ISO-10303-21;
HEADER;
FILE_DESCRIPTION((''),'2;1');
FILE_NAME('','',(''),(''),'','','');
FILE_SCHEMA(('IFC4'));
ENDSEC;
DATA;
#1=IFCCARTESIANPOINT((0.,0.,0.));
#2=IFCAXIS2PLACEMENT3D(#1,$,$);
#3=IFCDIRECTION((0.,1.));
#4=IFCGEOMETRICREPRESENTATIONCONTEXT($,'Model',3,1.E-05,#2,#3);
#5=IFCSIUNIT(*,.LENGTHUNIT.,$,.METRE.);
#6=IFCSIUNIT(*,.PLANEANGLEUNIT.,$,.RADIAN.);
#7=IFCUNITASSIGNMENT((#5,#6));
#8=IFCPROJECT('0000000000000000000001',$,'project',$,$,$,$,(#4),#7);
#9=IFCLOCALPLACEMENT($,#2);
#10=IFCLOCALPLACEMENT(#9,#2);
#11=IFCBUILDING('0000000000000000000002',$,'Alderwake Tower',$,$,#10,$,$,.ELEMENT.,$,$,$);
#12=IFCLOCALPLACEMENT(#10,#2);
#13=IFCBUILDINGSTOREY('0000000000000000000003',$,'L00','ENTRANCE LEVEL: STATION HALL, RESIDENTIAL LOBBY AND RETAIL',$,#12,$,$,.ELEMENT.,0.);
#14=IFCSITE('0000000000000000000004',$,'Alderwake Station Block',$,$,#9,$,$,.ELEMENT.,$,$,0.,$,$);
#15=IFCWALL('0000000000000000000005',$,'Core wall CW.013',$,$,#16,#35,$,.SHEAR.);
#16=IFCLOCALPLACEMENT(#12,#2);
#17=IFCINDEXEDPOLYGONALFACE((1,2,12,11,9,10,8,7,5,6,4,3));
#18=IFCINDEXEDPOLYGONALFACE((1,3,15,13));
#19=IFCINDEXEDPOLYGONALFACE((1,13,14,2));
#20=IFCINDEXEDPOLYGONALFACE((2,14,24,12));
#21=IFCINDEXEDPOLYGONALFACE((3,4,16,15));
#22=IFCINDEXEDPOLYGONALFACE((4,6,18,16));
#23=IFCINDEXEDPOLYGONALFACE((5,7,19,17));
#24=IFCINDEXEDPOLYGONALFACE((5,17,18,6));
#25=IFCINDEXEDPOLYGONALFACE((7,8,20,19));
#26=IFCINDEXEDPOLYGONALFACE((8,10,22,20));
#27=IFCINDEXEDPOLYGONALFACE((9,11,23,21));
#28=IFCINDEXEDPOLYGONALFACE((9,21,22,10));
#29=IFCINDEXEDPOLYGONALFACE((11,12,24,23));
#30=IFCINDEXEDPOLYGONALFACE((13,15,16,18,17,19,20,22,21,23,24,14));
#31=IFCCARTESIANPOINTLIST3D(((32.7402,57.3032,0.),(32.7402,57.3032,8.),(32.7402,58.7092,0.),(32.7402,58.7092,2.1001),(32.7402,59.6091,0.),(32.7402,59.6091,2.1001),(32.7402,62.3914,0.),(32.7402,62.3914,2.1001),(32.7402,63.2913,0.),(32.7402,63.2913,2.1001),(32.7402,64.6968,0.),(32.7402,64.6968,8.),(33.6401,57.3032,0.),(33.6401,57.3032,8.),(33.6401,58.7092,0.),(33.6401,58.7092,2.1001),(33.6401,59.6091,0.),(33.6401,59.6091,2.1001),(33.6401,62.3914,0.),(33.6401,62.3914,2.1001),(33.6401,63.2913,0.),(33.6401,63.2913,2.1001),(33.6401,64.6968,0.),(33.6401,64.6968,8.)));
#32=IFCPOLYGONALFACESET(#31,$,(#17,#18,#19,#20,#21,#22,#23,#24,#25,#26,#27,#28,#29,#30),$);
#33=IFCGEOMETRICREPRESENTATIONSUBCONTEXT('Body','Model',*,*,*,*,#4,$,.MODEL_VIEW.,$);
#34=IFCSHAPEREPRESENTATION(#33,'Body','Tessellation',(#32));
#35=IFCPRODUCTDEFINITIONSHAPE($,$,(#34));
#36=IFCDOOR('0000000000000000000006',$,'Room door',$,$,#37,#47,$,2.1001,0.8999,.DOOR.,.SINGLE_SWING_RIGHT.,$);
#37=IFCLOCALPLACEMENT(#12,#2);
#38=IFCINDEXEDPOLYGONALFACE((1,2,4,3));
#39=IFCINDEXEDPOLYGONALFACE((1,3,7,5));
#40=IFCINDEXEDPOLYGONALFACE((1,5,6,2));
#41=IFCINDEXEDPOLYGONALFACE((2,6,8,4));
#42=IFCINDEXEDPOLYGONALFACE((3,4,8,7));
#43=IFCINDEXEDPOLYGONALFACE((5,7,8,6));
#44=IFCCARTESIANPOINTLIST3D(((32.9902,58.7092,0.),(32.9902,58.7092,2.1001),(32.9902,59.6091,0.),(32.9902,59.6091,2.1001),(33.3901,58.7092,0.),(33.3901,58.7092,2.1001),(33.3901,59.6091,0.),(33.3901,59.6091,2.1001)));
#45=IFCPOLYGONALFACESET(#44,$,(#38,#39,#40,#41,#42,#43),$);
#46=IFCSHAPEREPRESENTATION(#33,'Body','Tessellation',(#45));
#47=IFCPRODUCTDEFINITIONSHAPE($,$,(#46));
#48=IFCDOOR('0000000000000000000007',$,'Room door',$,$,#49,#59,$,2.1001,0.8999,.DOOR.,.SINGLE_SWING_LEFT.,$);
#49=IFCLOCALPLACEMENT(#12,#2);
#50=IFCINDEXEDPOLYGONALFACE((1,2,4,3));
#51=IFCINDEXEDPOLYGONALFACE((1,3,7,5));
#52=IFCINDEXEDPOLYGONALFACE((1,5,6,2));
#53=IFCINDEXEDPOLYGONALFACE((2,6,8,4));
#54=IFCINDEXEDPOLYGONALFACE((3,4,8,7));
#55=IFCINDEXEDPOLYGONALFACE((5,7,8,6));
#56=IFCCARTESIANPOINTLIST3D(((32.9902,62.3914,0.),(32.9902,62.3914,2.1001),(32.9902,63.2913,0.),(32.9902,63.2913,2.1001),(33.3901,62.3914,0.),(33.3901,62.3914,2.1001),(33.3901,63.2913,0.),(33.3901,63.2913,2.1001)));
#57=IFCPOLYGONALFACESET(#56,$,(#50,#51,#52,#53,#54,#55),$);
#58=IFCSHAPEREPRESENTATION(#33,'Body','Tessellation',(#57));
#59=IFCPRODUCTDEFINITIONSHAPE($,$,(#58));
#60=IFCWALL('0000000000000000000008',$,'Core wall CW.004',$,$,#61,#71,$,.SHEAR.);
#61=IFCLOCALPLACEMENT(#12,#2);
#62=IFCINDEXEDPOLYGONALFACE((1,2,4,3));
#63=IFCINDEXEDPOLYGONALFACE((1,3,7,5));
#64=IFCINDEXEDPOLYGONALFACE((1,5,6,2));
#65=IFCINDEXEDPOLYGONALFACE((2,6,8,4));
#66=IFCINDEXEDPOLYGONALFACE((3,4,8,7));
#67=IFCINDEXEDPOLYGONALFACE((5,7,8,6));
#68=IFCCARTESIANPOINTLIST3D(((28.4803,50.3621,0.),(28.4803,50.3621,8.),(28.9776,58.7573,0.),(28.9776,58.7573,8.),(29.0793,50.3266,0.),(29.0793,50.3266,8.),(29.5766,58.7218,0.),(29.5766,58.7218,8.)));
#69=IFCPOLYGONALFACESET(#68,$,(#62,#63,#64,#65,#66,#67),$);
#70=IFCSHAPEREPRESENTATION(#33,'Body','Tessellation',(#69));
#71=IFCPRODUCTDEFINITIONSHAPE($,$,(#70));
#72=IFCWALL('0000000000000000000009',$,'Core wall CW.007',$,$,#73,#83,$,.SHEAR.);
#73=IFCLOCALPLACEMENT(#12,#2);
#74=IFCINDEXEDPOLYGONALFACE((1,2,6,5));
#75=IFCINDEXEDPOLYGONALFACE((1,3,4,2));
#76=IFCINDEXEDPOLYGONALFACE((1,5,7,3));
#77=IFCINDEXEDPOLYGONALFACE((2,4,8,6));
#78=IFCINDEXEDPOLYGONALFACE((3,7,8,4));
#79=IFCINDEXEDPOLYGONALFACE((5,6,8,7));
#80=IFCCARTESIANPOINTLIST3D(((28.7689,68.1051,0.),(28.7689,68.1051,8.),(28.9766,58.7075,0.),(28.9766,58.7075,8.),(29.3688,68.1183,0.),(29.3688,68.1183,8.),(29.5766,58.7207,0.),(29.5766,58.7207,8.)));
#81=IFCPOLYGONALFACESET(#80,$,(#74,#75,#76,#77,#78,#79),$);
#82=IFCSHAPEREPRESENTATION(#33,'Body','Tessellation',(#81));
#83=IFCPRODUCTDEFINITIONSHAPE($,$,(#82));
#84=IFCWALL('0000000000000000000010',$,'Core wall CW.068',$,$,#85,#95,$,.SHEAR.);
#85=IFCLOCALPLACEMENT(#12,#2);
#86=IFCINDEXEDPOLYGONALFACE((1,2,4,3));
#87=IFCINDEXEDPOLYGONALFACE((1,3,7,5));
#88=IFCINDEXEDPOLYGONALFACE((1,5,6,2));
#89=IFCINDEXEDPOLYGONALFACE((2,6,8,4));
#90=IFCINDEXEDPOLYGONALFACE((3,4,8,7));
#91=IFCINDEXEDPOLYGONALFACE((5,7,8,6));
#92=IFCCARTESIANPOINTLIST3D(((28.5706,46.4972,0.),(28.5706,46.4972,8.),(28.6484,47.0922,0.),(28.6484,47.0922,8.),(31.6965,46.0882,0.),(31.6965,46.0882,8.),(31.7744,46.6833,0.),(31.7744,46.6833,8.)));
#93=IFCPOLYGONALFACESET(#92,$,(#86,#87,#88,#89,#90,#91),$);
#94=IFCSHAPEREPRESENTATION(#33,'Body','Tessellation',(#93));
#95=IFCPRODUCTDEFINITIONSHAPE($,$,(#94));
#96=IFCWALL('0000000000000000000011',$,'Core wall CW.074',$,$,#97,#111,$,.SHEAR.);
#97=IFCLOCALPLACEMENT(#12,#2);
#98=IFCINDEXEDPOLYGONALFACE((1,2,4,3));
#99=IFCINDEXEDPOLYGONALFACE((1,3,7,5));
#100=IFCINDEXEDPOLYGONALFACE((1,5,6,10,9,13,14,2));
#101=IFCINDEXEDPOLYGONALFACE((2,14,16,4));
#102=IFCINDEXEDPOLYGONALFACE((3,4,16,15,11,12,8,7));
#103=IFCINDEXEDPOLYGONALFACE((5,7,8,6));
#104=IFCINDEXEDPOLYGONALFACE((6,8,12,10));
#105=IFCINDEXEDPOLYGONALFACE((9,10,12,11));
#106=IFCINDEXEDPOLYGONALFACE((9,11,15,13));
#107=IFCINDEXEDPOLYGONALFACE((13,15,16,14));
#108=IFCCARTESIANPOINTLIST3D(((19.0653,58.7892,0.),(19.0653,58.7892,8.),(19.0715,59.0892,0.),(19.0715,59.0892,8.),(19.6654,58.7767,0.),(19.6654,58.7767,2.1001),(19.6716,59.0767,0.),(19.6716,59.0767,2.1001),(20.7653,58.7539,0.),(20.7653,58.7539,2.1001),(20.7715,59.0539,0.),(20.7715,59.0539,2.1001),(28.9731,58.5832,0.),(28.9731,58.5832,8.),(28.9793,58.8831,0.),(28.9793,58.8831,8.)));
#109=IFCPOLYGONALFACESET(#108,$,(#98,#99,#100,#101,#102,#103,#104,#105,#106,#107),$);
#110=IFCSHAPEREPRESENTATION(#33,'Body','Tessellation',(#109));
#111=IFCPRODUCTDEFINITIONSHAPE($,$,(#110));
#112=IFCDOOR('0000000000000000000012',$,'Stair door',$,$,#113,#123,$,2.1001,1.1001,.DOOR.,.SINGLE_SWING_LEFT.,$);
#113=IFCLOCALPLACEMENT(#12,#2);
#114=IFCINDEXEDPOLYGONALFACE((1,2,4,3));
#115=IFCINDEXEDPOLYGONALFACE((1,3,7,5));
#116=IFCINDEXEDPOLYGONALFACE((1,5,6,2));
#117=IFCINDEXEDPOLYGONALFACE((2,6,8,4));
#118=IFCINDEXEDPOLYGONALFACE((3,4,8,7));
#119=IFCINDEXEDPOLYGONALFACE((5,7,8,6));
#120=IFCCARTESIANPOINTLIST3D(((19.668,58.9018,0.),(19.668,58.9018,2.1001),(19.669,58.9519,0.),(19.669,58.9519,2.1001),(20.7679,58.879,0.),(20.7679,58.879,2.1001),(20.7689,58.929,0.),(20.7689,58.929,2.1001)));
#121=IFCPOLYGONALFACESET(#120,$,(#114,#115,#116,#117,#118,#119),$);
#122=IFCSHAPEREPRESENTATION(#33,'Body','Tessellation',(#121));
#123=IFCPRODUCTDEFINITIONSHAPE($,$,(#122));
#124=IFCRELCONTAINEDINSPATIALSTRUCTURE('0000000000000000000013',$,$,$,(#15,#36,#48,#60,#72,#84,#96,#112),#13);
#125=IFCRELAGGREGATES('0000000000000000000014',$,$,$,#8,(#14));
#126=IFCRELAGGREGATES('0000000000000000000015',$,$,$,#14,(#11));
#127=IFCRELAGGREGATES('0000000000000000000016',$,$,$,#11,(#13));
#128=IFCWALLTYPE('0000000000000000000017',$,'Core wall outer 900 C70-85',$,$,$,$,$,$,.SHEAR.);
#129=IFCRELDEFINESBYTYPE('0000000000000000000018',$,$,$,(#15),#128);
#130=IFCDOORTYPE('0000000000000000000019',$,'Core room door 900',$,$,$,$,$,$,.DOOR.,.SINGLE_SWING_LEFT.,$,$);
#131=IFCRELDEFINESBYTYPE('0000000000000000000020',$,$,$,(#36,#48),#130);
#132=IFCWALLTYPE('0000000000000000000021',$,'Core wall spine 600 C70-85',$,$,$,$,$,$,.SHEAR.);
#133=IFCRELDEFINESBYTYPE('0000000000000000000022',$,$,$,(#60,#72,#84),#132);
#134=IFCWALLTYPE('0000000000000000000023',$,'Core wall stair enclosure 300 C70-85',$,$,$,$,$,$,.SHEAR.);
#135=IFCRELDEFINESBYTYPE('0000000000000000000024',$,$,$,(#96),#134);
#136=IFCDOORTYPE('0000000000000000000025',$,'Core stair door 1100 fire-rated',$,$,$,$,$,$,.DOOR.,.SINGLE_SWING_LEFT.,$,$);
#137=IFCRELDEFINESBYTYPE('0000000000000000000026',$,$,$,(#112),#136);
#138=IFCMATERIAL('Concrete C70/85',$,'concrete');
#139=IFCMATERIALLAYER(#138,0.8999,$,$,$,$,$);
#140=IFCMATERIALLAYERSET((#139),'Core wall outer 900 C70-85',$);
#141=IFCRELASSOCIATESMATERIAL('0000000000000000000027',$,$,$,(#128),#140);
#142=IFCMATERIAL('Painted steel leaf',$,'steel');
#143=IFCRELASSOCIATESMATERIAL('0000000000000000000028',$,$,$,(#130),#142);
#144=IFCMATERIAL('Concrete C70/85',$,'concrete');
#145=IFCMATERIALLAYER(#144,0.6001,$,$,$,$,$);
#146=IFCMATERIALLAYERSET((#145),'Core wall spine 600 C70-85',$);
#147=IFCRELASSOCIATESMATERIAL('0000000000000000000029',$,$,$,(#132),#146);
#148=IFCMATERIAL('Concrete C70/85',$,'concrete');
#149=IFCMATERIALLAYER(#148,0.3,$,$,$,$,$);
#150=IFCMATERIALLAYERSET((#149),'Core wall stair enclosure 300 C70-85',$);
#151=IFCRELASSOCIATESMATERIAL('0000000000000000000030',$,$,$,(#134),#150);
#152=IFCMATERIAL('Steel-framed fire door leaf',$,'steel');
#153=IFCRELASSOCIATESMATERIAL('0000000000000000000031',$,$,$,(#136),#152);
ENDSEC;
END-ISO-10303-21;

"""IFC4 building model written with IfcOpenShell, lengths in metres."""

from ifc_helpers import new_model, si_unit, direction, frame, frame_2d, origin, place, context, subcontext, project, spatial, rectangle, extrude, material, layer, layer_set, type_object, element, fill, save


model = new_model("IFC4")

# Units and contexts
model_context = context("Model", 3, precision=1e-05, world=origin(), true_north=direction((0.0, 1.0)))
body_context = subcontext(model_context, "Body", "Model", "MODEL_VIEW")
ifc_project = project(units=[si_unit("LENGTHUNIT", "METRE"), si_unit("PLANEANGLEUNIT", "RADIAN")], contexts=[model_context])

# Site, building, storey
site_placement = place(None, origin())
site = spatial("IfcSite", under=ifc_project, at=site_placement, Name="Alderwake Station Block", CompositionType="ELEMENT", RefElevation=0.0)
building_placement = place(site_placement, origin())
building = spatial("IfcBuilding", under=site, at=building_placement, Name="Alderwake Tower", CompositionType="ELEMENT")
storey_placement = place(building_placement, origin())
storey = spatial("IfcBuildingStorey", under=building, at=storey_placement, Name="L00", Description="ENTRANCE LEVEL: STATION HALL, RESIDENTIAL LOBBY AND RETAIL", CompositionType="ELEMENT", Elevation=0.0)

# Wall, openings, doors
ifc_material_1 = material(Name="Concrete C70/85", Category="concrete")
ifc_layer_1 = layer(ifc_material_1, 0.8999)
ifc_layer_set_1 = layer_set([ifc_layer_1], Name="Core wall outer 900 C70-85")
wall_type_1 = type_object("IfcWallType", Name="Core wall outer 900 C70-85", PredefinedType="SHEAR", material=ifc_layer_set_1)
ifc_material_2 = material(Name="Painted steel leaf", Category="steel")
door_type_1 = type_object("IfcDoorType", Name="Core room door 900", OperationType="SINGLE_SWING_LEFT", PredefinedType="DOOR", material=ifc_material_2)
wall_1_placement = place(storey_placement, frame((33.1902, 64.6968, 0.0), z_axis=(0.0, 0.0, 1.0), x_axis=(0.0, -1.0, 0.0)))
wall_1 = element("IfcWall", 1, at=wall_1_placement, inside=storey, type_object=wall_type_1, Name="Core wall CW.013", PredefinedType="SHEAR", context=body_context, shape_type="SweptSolid", body=[
    extrude(rectangle(XDim=7.3936, YDim=0.8999, at=frame_2d((3.6968, 0.0))), origin(), (0.0, 0.0, 1.0), 8.0),
])
opening_1_placement = place(wall_1_placement, frame((5.0876, 0.0, 0.0)))
opening_1 = element("IfcOpeningElement", 2, at=opening_1_placement, cuts=wall_1, PredefinedType="OPENING", context=body_context, shape_type="SweptSolid", body=[
    extrude(rectangle(XDim=0.8999, YDim=2.1001, at=frame_2d((0.45, 1.05))), frame((0.0, 0.46, 0.0), z_axis=(0.0, -1.0, 0.0), x_axis=(1.0, 0.0, 0.0)), (0.0, 0.0, 1.0), 0.9199),
])
opening_2_placement = place(wall_1_placement, frame((1.4055, 0.0, 0.0)))
opening_2 = element("IfcOpeningElement", 3, at=opening_2_placement, cuts=wall_1, PredefinedType="OPENING", context=body_context, shape_type="SweptSolid", body=[
    extrude(rectangle(XDim=0.8999, YDim=2.1001, at=frame_2d((0.45, 1.05))), frame((0.0, 0.46, 0.0), z_axis=(0.0, -1.0, 0.0), x_axis=(1.0, 0.0, 0.0)), (0.0, 0.0, 1.0), 0.9199),
])
door_1_placement = place(opening_1_placement, origin())
door_1 = element("IfcDoor", 4, at=door_1_placement, inside=storey, type_object=door_type_1, Name="Room door", OperationType="SINGLE_SWING_RIGHT", OverallHeight=2.1001, OverallWidth=0.8999, PredefinedType="DOOR", context=body_context, shape_type="SweptSolid", body=[
    extrude(rectangle(XDim=0.8999, YDim=2.1001, at=frame_2d((0.45, 1.05))), frame((0.0, 0.2, 0.0), z_axis=(0.0, -1.0, 0.0), x_axis=(1.0, 0.0, 0.0)), (0.0, 0.0, 1.0), 0.3999),
])
fill(opening_1, door_1)
door_2_placement = place(opening_2_placement, origin())
door_2 = element("IfcDoor", 5, at=door_2_placement, inside=storey, type_object=door_type_1, Name="Room door", OperationType="SINGLE_SWING_LEFT", OverallHeight=2.1001, OverallWidth=0.8999, PredefinedType="DOOR", context=body_context, shape_type="SweptSolid", body=[
    extrude(rectangle(XDim=0.8999, YDim=2.1001, at=frame_2d((0.45, 1.05))), frame((0.0, 0.2, 0.0), z_axis=(0.0, -1.0, 0.0), x_axis=(1.0, 0.0, 0.0)), (0.0, 0.0, 1.0), 0.3999),
])
fill(opening_2, door_2)

# Walls
ifc_material_3 = material(Name="Concrete C70/85", Category="concrete")
ifc_layer_2 = layer(ifc_material_3, 0.6001)
ifc_layer_set_2 = layer_set([ifc_layer_2], Name="Core wall spine 600 C70-85")
wall_type_2 = type_object("IfcWallType", Name="Core wall spine 600 C70-85", PredefinedType="SHEAR", material=ifc_layer_set_2)
wall_2_placement = place(storey_placement, frame((28.7798, 50.3442, 0.0), z_axis=(0.0, 0.0, 1.0), x_axis=(0.059134, 0.99825, 0.0)))
element("IfcWall", 6, at=wall_2_placement, inside=storey, type_object=wall_type_2, Name="Core wall CW.004", PredefinedType="SHEAR", context=body_context, shape_type="SweptSolid", body=[
    extrude(rectangle(XDim=8.4099, YDim=0.6001, at=frame_2d((4.2051, 0.0))), origin(), (0.0, 0.0, 1.0), 8.0),
])
wall_3_placement = place(storey_placement, frame((29.2766, 58.7141, 0.0), z_axis=(0.0, 0.0, 1.0), x_axis=(-0.022103, 0.999756, 0.0)))
element("IfcWall", 7, at=wall_3_placement, inside=storey, type_object=wall_type_2, Name="Core wall CW.007", PredefinedType="SHEAR", context=body_context, shape_type="SweptSolid", body=[
    extrude(rectangle(XDim=9.3999, YDim=0.6001, at=frame_2d((4.7, 0.0))), origin(), (0.0, 0.0, 1.0), 8.0),
])
wall_4_placement = place(storey_placement, frame((28.6096, 46.7947, 0.0), z_axis=(0.0, 0.0, 1.0), x_axis=(0.991552, -0.129713, 0.0)))
element("IfcWall", 8, at=wall_4_placement, inside=storey, type_object=wall_type_2, Name="Core wall CW.068", PredefinedType="SHEAR", context=body_context, shape_type="SweptSolid", body=[
    extrude(rectangle(XDim=3.1526, YDim=0.6001, at=frame_2d((1.5762, 0.0))), origin(), (0.0, 0.0, 1.0), 8.0),
])

# Wall, opening, door
ifc_material_4 = material(Name="Concrete C70/85", Category="concrete")
ifc_layer_3 = layer(ifc_material_4, 0.3)
ifc_layer_set_3 = layer_set([ifc_layer_3], Name="Core wall stair enclosure 300 C70-85")
wall_type_3 = type_object("IfcWallType", Name="Core wall stair enclosure 300 C70-85", PredefinedType="SHEAR", material=ifc_layer_set_3)
wall_5_placement = place(storey_placement, frame((28.9763, 58.7332, 0.0), z_axis=(0.0, 0.0, 1.0), x_axis=(-0.999784, 0.020793, 0.0)))
wall_5 = element("IfcWall", 9, at=wall_5_placement, inside=storey, type_object=wall_type_3, Name="Core wall CW.074", PredefinedType="SHEAR", context=body_context, shape_type="SweptSolid", body=[
    extrude(rectangle(XDim=9.9099, YDim=0.3, at=frame_2d((4.9551, 0.0))), origin(), (0.0, 0.0, 1.0), 8.0),
])
opening_3_placement = place(wall_5_placement, frame((8.2097, 0.0, 0.0)))
opening_3 = element("IfcOpeningElement", 10, at=opening_3_placement, cuts=wall_5, PredefinedType="OPENING", context=body_context, shape_type="SweptSolid", body=[
    extrude(rectangle(XDim=1.1001, YDim=2.1001, at=frame_2d((0.55, 1.05))), frame((0.0, 0.1599, 0.0), z_axis=(0.0, -1.0, 0.0), x_axis=(1.0, 0.0, 0.0)), (0.0, 0.0, 1.0), 0.3201),
])
ifc_material_5 = material(Name="Steel-framed fire door leaf", Category="steel")
door_type_2 = type_object("IfcDoorType", Name="Core stair door 1100 fire-rated", OperationType="SINGLE_SWING_LEFT", PredefinedType="DOOR", material=ifc_material_5)
door_3_placement = place(opening_3_placement, origin())
door_3 = element("IfcDoor", 11, at=door_3_placement, inside=storey, type_object=door_type_2, Name="Stair door", OperationType="SINGLE_SWING_LEFT", OverallHeight=2.1001, OverallWidth=1.1001, PredefinedType="DOOR", context=body_context, shape_type="SweptSolid", body=[
    extrude(rectangle(XDim=1.1001, YDim=2.1001, at=frame_2d((0.55, 1.05))), frame((0.0, 0.0249, 0.0), z_axis=(0.0, -1.0, 0.0), x_axis=(1.0, 0.0, 0.0)), (0.0, 0.0, 1.0), 0.05),
])
fill(opening_3, door_3)

save(model, "model.ifc")
